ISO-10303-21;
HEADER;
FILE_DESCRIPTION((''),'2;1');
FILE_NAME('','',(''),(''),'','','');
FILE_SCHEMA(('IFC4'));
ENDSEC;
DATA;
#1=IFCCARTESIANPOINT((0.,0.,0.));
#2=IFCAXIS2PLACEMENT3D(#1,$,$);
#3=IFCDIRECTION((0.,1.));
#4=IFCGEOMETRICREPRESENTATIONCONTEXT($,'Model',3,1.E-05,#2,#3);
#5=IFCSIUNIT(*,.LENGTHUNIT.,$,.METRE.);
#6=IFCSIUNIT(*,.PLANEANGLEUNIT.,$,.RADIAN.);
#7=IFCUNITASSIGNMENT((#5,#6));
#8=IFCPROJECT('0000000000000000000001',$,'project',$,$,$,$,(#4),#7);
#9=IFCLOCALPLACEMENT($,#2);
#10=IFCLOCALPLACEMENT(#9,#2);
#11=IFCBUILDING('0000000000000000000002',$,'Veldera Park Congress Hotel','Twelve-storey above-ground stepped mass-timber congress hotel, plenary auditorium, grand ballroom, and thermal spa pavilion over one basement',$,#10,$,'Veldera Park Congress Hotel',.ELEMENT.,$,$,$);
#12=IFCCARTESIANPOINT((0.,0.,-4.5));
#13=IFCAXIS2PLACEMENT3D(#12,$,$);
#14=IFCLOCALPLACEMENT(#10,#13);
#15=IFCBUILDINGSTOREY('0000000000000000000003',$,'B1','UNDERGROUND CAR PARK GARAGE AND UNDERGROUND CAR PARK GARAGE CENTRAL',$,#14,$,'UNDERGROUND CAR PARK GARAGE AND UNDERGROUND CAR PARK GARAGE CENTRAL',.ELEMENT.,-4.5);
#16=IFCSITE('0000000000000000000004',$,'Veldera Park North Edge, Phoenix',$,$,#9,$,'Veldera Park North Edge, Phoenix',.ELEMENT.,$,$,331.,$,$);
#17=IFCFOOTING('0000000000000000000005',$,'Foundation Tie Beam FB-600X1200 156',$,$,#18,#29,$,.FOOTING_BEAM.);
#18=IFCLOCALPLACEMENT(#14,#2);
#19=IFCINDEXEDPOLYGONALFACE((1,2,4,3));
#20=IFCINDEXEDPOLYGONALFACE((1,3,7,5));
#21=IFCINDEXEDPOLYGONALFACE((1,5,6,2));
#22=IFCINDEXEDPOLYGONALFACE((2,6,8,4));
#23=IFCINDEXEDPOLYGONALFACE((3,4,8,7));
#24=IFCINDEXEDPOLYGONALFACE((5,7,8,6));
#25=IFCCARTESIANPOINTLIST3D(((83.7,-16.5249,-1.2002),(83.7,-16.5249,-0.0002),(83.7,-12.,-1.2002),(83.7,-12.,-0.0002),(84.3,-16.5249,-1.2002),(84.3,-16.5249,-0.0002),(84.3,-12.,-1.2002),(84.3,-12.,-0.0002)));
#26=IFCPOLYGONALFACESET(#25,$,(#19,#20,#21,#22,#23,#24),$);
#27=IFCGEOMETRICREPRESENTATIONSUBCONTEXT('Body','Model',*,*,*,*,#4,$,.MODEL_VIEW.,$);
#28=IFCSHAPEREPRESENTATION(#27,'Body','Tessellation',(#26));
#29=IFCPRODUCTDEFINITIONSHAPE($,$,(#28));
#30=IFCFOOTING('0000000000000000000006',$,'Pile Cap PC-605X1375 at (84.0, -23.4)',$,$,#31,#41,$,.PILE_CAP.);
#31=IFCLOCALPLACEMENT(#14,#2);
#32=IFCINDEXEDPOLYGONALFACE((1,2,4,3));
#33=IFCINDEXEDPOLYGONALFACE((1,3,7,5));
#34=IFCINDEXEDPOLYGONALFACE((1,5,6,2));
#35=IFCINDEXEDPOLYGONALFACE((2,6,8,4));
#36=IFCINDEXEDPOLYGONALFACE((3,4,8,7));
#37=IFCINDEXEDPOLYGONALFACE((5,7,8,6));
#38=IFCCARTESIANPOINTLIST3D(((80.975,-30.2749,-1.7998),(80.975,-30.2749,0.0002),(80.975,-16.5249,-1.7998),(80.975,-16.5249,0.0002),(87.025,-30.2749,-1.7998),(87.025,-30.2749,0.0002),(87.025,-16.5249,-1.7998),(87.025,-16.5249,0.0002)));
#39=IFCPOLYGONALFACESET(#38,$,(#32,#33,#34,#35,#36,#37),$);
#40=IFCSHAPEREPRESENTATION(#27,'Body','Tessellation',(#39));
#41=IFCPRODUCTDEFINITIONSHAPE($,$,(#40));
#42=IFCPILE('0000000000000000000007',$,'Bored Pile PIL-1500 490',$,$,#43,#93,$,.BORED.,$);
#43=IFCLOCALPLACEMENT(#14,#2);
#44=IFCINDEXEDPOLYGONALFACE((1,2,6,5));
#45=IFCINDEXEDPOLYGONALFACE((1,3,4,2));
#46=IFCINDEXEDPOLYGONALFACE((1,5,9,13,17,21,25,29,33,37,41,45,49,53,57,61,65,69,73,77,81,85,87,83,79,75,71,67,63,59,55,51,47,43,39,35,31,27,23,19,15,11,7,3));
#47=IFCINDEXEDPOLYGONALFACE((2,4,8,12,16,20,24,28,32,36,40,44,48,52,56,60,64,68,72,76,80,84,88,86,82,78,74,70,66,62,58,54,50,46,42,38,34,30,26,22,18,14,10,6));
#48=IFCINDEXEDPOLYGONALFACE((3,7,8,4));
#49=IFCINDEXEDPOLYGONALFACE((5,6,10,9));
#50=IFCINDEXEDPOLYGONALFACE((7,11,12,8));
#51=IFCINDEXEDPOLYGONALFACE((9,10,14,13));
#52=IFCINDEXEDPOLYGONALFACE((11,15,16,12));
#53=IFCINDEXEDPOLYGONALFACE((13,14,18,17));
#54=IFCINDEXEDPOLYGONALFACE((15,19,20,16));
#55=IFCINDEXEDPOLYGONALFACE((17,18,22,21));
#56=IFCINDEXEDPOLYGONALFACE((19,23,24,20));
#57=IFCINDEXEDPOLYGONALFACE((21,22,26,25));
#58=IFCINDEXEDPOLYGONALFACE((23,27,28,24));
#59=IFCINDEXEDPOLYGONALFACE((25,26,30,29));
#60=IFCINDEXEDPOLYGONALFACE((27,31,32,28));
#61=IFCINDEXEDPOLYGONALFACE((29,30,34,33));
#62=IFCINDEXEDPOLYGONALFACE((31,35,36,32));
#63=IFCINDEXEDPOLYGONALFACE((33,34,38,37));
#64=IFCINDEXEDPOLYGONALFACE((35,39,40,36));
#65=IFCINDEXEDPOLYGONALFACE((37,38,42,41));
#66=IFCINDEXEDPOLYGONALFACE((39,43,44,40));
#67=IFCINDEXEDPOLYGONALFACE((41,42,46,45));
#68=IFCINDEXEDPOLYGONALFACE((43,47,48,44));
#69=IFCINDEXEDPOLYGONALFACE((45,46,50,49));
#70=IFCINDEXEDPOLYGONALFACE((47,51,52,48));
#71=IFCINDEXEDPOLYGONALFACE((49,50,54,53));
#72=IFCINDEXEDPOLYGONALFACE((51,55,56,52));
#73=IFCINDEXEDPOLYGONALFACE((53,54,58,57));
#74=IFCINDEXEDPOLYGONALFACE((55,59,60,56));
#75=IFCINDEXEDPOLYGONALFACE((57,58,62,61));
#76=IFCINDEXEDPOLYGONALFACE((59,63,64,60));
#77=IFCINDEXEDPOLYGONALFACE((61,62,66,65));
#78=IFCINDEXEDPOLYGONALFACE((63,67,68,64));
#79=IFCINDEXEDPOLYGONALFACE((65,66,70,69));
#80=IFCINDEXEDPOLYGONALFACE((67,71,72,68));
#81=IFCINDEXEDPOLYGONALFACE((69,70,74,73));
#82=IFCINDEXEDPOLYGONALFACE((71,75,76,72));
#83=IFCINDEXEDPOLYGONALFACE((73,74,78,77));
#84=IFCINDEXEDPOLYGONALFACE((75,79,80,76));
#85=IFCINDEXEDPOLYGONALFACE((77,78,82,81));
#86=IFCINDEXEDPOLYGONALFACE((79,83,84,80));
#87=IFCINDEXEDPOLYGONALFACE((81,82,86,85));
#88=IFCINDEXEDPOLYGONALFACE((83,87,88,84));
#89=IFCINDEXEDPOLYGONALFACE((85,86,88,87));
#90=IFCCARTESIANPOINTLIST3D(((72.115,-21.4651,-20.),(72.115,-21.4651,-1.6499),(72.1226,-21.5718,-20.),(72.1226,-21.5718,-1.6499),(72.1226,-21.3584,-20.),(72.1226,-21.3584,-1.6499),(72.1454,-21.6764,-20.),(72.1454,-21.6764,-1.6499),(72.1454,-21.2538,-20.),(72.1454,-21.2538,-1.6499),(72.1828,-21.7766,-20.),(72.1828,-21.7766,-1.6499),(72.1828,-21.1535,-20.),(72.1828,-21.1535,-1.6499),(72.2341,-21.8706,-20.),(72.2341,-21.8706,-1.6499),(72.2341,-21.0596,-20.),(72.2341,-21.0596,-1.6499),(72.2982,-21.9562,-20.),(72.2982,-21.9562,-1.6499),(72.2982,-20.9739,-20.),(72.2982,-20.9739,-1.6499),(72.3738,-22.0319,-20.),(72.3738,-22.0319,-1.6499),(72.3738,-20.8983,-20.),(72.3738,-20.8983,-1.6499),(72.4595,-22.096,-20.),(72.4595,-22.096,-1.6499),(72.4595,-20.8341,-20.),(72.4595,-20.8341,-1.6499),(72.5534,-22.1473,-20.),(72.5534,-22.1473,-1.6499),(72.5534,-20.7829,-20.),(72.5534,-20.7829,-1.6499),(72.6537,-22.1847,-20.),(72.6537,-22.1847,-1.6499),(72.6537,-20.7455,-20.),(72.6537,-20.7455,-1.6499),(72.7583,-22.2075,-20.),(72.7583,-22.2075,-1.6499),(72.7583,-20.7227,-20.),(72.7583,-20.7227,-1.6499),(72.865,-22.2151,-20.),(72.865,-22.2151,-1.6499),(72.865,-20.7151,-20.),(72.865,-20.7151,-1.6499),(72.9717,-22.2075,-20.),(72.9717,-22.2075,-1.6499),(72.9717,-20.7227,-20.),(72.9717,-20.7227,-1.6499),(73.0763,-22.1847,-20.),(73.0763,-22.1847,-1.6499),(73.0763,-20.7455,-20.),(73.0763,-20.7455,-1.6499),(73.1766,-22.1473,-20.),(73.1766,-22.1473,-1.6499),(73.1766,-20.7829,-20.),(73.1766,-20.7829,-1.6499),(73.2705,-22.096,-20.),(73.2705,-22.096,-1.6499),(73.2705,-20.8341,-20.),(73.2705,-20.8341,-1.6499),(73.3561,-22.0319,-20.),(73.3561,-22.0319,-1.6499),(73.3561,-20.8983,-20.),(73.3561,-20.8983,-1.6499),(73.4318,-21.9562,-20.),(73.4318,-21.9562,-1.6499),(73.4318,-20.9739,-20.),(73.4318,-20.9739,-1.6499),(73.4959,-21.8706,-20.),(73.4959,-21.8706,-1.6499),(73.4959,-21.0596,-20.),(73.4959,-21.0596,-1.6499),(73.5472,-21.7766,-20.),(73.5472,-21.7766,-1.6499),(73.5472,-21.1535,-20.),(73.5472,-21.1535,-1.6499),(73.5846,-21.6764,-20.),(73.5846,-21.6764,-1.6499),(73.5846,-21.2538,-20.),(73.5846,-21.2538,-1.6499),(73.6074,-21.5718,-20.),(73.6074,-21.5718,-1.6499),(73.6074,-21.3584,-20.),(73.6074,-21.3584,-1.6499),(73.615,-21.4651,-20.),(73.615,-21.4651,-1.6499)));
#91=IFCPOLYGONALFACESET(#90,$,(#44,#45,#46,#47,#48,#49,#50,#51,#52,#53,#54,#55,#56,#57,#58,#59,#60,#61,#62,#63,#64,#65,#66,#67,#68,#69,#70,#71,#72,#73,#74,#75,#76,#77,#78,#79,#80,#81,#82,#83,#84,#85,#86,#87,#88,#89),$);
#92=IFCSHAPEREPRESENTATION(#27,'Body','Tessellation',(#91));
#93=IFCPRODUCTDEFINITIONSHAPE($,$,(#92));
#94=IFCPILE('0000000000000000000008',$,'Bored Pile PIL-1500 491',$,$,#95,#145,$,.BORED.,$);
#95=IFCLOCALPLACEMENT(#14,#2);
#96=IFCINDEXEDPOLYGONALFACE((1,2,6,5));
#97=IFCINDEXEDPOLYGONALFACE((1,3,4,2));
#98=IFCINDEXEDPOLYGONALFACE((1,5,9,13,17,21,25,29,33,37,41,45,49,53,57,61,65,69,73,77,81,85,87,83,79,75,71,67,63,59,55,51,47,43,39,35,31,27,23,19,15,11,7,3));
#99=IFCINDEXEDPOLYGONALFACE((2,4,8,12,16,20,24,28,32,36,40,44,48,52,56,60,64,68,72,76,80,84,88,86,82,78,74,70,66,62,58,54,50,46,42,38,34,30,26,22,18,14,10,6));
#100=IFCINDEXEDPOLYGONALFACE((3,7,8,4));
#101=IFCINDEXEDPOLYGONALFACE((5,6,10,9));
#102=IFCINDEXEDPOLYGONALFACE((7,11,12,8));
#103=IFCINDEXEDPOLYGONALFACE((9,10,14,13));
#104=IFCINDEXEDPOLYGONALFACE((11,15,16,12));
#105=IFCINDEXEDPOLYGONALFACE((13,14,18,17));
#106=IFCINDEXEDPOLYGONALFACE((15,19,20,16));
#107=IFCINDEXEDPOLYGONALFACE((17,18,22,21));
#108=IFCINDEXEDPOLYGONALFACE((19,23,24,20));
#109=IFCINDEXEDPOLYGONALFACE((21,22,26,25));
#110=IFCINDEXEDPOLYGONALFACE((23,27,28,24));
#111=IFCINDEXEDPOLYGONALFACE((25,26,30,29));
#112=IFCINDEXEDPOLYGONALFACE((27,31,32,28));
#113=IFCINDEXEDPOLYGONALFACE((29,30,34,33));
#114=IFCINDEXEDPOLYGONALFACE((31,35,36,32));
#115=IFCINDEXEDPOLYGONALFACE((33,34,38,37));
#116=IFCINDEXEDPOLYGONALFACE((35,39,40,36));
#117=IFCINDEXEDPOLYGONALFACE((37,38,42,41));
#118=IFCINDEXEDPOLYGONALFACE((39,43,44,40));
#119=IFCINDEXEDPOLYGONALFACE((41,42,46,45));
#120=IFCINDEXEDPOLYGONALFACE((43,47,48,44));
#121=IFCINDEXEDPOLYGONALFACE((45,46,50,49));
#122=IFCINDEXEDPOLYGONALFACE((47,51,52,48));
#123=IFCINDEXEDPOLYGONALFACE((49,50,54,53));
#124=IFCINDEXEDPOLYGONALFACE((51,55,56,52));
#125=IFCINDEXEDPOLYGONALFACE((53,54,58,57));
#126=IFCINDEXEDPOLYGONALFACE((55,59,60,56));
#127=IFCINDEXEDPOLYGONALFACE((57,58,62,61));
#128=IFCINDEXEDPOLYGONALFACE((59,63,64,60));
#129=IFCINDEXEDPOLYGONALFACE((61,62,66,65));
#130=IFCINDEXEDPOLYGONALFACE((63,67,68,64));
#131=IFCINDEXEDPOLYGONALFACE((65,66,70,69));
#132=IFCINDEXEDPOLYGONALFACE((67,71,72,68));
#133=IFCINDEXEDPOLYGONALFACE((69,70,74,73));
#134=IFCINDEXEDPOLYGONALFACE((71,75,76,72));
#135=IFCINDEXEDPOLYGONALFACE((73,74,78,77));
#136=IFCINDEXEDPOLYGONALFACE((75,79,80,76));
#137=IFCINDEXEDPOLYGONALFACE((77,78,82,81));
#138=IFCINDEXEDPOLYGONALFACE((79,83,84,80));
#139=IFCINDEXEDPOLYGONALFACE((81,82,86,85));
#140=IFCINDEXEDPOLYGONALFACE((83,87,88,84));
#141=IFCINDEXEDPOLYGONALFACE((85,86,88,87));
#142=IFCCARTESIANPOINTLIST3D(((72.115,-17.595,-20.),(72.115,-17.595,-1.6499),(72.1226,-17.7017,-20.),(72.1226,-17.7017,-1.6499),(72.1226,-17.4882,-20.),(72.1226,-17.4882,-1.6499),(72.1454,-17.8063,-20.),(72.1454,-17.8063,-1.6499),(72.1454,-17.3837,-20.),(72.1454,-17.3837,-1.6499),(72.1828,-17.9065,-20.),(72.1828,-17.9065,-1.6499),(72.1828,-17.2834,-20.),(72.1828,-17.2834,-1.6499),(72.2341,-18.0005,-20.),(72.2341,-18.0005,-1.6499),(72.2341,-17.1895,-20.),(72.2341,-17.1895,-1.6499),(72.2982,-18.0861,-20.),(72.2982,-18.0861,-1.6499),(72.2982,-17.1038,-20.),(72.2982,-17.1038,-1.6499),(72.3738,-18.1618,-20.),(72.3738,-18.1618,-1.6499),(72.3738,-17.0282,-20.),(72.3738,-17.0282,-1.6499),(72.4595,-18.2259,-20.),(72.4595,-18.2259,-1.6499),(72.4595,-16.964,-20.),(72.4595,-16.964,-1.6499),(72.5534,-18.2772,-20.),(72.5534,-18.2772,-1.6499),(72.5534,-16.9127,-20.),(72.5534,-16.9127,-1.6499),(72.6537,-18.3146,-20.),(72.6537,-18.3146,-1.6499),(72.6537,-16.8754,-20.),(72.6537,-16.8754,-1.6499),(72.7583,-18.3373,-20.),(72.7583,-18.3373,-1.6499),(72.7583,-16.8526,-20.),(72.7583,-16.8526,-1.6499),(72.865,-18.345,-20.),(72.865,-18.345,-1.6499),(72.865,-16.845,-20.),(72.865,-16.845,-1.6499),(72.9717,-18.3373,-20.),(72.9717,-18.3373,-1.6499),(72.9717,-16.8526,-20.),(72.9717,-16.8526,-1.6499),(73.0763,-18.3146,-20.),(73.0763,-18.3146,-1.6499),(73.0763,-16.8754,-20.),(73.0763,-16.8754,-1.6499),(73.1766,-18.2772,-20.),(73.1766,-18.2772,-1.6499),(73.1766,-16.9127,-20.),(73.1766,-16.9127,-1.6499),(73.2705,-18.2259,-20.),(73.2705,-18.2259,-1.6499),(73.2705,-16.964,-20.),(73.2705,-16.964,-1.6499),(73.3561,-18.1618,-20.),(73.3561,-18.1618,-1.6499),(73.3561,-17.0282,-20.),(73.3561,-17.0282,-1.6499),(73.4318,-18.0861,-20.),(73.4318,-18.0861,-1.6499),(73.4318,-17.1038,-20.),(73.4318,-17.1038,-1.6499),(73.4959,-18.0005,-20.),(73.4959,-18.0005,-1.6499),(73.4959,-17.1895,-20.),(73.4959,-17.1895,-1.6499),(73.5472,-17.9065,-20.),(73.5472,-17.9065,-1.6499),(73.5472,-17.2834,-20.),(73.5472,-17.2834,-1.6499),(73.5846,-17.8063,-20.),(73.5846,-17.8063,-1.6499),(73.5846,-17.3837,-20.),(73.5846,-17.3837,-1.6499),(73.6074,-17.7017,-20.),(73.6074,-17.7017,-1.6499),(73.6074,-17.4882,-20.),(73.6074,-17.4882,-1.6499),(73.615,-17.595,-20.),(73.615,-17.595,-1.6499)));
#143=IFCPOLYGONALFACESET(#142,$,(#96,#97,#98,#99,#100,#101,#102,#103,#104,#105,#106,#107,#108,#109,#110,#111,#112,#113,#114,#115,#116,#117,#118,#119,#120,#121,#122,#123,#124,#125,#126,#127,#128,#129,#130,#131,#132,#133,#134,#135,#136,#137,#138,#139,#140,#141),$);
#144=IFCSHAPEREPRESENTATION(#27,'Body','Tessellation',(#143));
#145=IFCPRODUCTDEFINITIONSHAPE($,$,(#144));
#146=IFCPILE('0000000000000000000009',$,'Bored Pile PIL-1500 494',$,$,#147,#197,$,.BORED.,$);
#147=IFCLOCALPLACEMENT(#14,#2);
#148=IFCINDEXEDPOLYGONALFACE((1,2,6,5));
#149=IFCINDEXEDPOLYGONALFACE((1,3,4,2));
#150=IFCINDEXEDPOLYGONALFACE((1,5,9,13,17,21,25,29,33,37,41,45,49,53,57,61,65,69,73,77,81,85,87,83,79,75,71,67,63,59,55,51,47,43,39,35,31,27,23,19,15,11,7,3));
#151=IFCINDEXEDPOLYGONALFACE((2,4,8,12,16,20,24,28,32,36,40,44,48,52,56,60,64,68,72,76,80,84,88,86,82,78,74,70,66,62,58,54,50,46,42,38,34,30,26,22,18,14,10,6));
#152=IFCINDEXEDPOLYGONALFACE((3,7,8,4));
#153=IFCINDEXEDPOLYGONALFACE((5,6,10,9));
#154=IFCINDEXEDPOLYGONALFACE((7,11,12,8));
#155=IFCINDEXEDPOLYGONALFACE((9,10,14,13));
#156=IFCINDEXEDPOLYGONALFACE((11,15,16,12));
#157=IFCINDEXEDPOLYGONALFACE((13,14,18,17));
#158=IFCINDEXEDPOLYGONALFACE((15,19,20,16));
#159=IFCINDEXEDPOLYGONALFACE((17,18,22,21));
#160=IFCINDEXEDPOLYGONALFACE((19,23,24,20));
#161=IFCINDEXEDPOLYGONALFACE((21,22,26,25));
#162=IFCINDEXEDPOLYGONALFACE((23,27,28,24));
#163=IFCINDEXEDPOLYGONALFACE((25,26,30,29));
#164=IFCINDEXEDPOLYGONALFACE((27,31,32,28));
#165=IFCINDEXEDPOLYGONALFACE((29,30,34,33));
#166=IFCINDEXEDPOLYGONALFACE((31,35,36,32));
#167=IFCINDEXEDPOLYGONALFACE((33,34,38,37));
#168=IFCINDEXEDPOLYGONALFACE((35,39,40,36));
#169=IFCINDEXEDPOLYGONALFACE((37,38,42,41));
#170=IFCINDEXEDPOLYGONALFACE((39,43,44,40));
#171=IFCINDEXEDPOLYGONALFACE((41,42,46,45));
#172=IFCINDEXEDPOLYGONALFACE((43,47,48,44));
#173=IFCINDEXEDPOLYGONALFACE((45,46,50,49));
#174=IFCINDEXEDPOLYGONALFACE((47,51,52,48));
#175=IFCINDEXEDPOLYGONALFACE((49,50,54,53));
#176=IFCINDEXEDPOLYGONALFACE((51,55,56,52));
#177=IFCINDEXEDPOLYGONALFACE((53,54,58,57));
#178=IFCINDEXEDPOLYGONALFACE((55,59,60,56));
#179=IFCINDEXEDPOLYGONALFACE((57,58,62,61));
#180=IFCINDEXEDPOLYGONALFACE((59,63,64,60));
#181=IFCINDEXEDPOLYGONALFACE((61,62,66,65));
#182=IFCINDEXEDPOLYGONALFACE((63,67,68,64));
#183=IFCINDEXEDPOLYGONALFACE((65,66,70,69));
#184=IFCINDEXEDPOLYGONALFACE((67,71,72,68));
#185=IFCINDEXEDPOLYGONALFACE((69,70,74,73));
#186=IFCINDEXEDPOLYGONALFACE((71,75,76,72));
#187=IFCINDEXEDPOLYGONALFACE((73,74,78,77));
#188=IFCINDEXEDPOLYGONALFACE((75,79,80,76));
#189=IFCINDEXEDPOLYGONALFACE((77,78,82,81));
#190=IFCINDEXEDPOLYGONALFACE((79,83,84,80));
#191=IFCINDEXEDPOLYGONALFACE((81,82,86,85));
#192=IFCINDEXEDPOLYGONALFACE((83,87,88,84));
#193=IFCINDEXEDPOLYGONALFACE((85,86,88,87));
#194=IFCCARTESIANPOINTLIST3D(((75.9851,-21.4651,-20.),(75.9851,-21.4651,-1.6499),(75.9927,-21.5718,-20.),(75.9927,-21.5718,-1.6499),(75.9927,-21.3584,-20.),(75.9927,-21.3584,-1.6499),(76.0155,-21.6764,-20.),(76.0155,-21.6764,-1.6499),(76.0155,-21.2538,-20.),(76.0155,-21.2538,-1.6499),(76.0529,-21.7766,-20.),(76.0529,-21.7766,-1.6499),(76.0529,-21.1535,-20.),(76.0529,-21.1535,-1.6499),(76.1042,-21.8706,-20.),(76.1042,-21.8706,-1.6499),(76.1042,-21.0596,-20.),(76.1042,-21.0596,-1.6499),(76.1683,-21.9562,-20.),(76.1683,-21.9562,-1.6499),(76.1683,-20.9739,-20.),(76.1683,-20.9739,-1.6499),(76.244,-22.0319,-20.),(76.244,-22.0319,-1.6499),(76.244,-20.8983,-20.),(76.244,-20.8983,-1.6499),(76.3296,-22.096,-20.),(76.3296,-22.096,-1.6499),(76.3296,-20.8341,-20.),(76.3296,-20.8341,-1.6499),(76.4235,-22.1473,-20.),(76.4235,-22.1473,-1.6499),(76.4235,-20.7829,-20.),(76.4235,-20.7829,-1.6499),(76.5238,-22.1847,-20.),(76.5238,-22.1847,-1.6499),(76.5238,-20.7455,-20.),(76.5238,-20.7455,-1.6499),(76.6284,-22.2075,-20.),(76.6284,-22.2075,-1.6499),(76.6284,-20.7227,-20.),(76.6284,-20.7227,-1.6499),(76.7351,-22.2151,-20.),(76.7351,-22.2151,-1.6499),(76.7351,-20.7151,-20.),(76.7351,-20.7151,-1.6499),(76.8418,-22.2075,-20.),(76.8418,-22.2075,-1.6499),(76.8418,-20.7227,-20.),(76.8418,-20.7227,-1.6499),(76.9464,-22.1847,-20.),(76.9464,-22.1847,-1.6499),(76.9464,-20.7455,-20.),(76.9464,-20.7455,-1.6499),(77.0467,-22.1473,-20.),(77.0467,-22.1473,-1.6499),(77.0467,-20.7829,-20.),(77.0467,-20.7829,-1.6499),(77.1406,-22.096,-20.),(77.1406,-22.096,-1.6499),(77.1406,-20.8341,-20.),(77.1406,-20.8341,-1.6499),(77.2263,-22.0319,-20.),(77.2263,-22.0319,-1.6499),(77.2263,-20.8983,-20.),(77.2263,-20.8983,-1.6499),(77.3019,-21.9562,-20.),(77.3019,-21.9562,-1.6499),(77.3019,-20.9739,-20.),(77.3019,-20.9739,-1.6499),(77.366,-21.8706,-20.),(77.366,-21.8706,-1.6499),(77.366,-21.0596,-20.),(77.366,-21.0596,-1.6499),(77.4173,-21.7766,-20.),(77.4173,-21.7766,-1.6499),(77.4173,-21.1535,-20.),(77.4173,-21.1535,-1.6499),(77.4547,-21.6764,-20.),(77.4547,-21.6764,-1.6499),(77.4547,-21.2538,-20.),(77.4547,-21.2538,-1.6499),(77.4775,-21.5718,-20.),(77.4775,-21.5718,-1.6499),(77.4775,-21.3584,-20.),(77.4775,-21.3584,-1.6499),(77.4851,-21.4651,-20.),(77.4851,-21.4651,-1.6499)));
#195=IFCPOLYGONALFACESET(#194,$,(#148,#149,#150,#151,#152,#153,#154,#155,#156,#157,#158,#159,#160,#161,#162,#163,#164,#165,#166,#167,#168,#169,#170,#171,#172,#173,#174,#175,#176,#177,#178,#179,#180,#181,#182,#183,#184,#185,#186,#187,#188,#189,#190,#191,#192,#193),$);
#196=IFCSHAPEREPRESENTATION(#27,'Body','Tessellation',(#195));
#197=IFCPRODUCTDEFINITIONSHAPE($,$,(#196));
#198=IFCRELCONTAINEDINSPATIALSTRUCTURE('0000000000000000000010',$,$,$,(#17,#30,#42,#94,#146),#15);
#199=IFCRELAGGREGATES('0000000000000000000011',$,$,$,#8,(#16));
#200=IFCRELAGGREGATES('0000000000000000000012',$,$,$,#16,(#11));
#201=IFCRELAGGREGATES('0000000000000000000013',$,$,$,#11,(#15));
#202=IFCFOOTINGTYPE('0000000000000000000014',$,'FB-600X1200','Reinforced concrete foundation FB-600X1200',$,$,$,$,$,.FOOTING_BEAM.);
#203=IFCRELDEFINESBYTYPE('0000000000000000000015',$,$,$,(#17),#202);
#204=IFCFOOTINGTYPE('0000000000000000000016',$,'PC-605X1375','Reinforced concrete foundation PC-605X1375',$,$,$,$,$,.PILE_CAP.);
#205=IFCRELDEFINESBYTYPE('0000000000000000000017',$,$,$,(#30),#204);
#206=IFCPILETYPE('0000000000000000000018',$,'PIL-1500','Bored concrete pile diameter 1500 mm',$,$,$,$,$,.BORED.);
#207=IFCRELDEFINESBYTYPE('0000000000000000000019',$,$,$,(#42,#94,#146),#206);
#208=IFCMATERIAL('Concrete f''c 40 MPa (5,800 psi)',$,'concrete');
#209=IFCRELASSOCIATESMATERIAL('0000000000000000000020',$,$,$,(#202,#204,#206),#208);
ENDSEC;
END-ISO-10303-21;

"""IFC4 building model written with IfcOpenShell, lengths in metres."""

from ifc_helpers import new_model, si_unit, direction, frame, origin, origin_2d, place, context, subcontext, project, spatial, rectangle, circle, extrude, material, material_profile, profile_set, type_object, element, save


model = new_model("IFC4")

# Units and contexts
model_context = context("Model", 3, precision=1e-05, world=origin(), true_north=direction((0.0, 1.0)))
body_context = subcontext(model_context, "Body", "Model", "MODEL_VIEW")
ifc_project = project(units=[si_unit("LENGTHUNIT", "METRE"), si_unit("PLANEANGLEUNIT", "RADIAN")], contexts=[model_context])

# Site, building, storey
site_placement = place(None, origin())
site = spatial("IfcSite", under=ifc_project, at=site_placement, Name="Veldera Park North Edge, Phoenix", LongName="Veldera Park North Edge, Phoenix", CompositionType="ELEMENT", RefElevation=331.0)
building_placement = place(site_placement, origin())
building = spatial("IfcBuilding", under=site, at=building_placement, Name="Veldera Park Congress Hotel", Description="Twelve-storey above-ground stepped mass-timber congress hotel, plenary auditorium, grand ballroom, and thermal spa pavilion over one basement", LongName="Veldera Park Congress Hotel", CompositionType="ELEMENT")
storey_placement = place(building_placement, frame((0.0, 0.0, -4.5)))
storey = spatial("IfcBuildingStorey", under=building, at=storey_placement, Name="B1", Description="UNDERGROUND CAR PARK GARAGE AND UNDERGROUND CAR PARK GARAGE CENTRAL", LongName="UNDERGROUND CAR PARK GARAGE AND UNDERGROUND CAR PARK GARAGE CENTRAL", CompositionType="ELEMENT", Elevation=-4.5)

# Footings
ifc_material_1 = material(Name="Concrete f'c 40 MPa (5,800 psi)", Category="concrete")
footing_type_1 = type_object("IfcFootingType", Name="FB-600X1200", Description="Reinforced concrete foundation FB-600X1200", PredefinedType="FOOTING_BEAM", material=ifc_material_1)
footing_1_placement = place(storey_placement, frame((84.0, -14.2625, -1.2002), z_axis=(0.0, 0.0, 1.0), x_axis=(0.0, 1.0, 0.0)))
element("IfcFooting", 1, at=footing_1_placement, inside=storey, type_object=footing_type_1, Name="Foundation Tie Beam FB-600X1200 156", PredefinedType="FOOTING_BEAM", context=body_context, shape_type="SweptSolid", body=[
    extrude(rectangle(XDim=4.5249, YDim=0.6001, at=origin_2d()), origin(), (0.0, 0.0, 1.0), 1.2),
])
footing_type_2 = type_object("IfcFootingType", Name="PC-605X1375", Description="Reinforced concrete foundation PC-605X1375", PredefinedType="PILE_CAP", material=ifc_material_1)
footing_2_placement = place(storey_placement, frame((84.0, -23.3999, -1.7998), z_axis=(0.0, 0.0, 1.0), x_axis=(1.0, 0.0, 0.0)))
element("IfcFooting", 2, at=footing_2_placement, inside=storey, type_object=footing_type_2, Name="Pile Cap PC-605X1375 at (84.0, -23.4)", PredefinedType="PILE_CAP", context=body_context, shape_type="SweptSolid", body=[
    extrude(rectangle(XDim=6.05, YDim=13.75, at=origin_2d()), origin(), (0.0, 0.0, 1.0), 1.8),
])

# Piles
ifc_material_profile_1 = material_profile(ifc_material_1, circle(Radius=0.75, at=origin_2d()), Name="PILE D1500")
ifc_profile_set_1 = profile_set([ifc_material_profile_1], Name="Concrete f'c 40 MPa (5,800 psi)")
pile_type = type_object("IfcPileType", Name="PIL-1500", Description="Bored concrete pile diameter 1500 mm", PredefinedType="BORED", material=ifc_profile_set_1)
for number, where, z_axis, x_axis, name in (
    (3, (72.865, -21.4651, -1.6499), (0.0, 0.0, -1.0), (1.0, 0.0, 0.0), "Bored Pile PIL-1500 490"),
    (4, (72.865, -17.595, -1.6499), (0.0, 0.0, -1.0), (1.0, 0.0, 0.0), "Bored Pile PIL-1500 491"),
    (5, (76.7351, -21.4651, -1.6499), (0.0, 0.0, -1.0), (1.0, 0.0, 0.0), "Bored Pile PIL-1500 494"),
):
    element("IfcPile", number, at=place(storey_placement, frame(where, z_axis=z_axis, x_axis=x_axis)), inside=storey, type_object=pile_type, Name=name, PredefinedType="BORED", context=body_context, shape_type="SweptSolid", body=[
        extrude(circle(Radius=0.75, at=origin_2d()), origin(), (0.0, 0.0, 1.0), 18.3501),
    ])

save(model, "model.ifc")
